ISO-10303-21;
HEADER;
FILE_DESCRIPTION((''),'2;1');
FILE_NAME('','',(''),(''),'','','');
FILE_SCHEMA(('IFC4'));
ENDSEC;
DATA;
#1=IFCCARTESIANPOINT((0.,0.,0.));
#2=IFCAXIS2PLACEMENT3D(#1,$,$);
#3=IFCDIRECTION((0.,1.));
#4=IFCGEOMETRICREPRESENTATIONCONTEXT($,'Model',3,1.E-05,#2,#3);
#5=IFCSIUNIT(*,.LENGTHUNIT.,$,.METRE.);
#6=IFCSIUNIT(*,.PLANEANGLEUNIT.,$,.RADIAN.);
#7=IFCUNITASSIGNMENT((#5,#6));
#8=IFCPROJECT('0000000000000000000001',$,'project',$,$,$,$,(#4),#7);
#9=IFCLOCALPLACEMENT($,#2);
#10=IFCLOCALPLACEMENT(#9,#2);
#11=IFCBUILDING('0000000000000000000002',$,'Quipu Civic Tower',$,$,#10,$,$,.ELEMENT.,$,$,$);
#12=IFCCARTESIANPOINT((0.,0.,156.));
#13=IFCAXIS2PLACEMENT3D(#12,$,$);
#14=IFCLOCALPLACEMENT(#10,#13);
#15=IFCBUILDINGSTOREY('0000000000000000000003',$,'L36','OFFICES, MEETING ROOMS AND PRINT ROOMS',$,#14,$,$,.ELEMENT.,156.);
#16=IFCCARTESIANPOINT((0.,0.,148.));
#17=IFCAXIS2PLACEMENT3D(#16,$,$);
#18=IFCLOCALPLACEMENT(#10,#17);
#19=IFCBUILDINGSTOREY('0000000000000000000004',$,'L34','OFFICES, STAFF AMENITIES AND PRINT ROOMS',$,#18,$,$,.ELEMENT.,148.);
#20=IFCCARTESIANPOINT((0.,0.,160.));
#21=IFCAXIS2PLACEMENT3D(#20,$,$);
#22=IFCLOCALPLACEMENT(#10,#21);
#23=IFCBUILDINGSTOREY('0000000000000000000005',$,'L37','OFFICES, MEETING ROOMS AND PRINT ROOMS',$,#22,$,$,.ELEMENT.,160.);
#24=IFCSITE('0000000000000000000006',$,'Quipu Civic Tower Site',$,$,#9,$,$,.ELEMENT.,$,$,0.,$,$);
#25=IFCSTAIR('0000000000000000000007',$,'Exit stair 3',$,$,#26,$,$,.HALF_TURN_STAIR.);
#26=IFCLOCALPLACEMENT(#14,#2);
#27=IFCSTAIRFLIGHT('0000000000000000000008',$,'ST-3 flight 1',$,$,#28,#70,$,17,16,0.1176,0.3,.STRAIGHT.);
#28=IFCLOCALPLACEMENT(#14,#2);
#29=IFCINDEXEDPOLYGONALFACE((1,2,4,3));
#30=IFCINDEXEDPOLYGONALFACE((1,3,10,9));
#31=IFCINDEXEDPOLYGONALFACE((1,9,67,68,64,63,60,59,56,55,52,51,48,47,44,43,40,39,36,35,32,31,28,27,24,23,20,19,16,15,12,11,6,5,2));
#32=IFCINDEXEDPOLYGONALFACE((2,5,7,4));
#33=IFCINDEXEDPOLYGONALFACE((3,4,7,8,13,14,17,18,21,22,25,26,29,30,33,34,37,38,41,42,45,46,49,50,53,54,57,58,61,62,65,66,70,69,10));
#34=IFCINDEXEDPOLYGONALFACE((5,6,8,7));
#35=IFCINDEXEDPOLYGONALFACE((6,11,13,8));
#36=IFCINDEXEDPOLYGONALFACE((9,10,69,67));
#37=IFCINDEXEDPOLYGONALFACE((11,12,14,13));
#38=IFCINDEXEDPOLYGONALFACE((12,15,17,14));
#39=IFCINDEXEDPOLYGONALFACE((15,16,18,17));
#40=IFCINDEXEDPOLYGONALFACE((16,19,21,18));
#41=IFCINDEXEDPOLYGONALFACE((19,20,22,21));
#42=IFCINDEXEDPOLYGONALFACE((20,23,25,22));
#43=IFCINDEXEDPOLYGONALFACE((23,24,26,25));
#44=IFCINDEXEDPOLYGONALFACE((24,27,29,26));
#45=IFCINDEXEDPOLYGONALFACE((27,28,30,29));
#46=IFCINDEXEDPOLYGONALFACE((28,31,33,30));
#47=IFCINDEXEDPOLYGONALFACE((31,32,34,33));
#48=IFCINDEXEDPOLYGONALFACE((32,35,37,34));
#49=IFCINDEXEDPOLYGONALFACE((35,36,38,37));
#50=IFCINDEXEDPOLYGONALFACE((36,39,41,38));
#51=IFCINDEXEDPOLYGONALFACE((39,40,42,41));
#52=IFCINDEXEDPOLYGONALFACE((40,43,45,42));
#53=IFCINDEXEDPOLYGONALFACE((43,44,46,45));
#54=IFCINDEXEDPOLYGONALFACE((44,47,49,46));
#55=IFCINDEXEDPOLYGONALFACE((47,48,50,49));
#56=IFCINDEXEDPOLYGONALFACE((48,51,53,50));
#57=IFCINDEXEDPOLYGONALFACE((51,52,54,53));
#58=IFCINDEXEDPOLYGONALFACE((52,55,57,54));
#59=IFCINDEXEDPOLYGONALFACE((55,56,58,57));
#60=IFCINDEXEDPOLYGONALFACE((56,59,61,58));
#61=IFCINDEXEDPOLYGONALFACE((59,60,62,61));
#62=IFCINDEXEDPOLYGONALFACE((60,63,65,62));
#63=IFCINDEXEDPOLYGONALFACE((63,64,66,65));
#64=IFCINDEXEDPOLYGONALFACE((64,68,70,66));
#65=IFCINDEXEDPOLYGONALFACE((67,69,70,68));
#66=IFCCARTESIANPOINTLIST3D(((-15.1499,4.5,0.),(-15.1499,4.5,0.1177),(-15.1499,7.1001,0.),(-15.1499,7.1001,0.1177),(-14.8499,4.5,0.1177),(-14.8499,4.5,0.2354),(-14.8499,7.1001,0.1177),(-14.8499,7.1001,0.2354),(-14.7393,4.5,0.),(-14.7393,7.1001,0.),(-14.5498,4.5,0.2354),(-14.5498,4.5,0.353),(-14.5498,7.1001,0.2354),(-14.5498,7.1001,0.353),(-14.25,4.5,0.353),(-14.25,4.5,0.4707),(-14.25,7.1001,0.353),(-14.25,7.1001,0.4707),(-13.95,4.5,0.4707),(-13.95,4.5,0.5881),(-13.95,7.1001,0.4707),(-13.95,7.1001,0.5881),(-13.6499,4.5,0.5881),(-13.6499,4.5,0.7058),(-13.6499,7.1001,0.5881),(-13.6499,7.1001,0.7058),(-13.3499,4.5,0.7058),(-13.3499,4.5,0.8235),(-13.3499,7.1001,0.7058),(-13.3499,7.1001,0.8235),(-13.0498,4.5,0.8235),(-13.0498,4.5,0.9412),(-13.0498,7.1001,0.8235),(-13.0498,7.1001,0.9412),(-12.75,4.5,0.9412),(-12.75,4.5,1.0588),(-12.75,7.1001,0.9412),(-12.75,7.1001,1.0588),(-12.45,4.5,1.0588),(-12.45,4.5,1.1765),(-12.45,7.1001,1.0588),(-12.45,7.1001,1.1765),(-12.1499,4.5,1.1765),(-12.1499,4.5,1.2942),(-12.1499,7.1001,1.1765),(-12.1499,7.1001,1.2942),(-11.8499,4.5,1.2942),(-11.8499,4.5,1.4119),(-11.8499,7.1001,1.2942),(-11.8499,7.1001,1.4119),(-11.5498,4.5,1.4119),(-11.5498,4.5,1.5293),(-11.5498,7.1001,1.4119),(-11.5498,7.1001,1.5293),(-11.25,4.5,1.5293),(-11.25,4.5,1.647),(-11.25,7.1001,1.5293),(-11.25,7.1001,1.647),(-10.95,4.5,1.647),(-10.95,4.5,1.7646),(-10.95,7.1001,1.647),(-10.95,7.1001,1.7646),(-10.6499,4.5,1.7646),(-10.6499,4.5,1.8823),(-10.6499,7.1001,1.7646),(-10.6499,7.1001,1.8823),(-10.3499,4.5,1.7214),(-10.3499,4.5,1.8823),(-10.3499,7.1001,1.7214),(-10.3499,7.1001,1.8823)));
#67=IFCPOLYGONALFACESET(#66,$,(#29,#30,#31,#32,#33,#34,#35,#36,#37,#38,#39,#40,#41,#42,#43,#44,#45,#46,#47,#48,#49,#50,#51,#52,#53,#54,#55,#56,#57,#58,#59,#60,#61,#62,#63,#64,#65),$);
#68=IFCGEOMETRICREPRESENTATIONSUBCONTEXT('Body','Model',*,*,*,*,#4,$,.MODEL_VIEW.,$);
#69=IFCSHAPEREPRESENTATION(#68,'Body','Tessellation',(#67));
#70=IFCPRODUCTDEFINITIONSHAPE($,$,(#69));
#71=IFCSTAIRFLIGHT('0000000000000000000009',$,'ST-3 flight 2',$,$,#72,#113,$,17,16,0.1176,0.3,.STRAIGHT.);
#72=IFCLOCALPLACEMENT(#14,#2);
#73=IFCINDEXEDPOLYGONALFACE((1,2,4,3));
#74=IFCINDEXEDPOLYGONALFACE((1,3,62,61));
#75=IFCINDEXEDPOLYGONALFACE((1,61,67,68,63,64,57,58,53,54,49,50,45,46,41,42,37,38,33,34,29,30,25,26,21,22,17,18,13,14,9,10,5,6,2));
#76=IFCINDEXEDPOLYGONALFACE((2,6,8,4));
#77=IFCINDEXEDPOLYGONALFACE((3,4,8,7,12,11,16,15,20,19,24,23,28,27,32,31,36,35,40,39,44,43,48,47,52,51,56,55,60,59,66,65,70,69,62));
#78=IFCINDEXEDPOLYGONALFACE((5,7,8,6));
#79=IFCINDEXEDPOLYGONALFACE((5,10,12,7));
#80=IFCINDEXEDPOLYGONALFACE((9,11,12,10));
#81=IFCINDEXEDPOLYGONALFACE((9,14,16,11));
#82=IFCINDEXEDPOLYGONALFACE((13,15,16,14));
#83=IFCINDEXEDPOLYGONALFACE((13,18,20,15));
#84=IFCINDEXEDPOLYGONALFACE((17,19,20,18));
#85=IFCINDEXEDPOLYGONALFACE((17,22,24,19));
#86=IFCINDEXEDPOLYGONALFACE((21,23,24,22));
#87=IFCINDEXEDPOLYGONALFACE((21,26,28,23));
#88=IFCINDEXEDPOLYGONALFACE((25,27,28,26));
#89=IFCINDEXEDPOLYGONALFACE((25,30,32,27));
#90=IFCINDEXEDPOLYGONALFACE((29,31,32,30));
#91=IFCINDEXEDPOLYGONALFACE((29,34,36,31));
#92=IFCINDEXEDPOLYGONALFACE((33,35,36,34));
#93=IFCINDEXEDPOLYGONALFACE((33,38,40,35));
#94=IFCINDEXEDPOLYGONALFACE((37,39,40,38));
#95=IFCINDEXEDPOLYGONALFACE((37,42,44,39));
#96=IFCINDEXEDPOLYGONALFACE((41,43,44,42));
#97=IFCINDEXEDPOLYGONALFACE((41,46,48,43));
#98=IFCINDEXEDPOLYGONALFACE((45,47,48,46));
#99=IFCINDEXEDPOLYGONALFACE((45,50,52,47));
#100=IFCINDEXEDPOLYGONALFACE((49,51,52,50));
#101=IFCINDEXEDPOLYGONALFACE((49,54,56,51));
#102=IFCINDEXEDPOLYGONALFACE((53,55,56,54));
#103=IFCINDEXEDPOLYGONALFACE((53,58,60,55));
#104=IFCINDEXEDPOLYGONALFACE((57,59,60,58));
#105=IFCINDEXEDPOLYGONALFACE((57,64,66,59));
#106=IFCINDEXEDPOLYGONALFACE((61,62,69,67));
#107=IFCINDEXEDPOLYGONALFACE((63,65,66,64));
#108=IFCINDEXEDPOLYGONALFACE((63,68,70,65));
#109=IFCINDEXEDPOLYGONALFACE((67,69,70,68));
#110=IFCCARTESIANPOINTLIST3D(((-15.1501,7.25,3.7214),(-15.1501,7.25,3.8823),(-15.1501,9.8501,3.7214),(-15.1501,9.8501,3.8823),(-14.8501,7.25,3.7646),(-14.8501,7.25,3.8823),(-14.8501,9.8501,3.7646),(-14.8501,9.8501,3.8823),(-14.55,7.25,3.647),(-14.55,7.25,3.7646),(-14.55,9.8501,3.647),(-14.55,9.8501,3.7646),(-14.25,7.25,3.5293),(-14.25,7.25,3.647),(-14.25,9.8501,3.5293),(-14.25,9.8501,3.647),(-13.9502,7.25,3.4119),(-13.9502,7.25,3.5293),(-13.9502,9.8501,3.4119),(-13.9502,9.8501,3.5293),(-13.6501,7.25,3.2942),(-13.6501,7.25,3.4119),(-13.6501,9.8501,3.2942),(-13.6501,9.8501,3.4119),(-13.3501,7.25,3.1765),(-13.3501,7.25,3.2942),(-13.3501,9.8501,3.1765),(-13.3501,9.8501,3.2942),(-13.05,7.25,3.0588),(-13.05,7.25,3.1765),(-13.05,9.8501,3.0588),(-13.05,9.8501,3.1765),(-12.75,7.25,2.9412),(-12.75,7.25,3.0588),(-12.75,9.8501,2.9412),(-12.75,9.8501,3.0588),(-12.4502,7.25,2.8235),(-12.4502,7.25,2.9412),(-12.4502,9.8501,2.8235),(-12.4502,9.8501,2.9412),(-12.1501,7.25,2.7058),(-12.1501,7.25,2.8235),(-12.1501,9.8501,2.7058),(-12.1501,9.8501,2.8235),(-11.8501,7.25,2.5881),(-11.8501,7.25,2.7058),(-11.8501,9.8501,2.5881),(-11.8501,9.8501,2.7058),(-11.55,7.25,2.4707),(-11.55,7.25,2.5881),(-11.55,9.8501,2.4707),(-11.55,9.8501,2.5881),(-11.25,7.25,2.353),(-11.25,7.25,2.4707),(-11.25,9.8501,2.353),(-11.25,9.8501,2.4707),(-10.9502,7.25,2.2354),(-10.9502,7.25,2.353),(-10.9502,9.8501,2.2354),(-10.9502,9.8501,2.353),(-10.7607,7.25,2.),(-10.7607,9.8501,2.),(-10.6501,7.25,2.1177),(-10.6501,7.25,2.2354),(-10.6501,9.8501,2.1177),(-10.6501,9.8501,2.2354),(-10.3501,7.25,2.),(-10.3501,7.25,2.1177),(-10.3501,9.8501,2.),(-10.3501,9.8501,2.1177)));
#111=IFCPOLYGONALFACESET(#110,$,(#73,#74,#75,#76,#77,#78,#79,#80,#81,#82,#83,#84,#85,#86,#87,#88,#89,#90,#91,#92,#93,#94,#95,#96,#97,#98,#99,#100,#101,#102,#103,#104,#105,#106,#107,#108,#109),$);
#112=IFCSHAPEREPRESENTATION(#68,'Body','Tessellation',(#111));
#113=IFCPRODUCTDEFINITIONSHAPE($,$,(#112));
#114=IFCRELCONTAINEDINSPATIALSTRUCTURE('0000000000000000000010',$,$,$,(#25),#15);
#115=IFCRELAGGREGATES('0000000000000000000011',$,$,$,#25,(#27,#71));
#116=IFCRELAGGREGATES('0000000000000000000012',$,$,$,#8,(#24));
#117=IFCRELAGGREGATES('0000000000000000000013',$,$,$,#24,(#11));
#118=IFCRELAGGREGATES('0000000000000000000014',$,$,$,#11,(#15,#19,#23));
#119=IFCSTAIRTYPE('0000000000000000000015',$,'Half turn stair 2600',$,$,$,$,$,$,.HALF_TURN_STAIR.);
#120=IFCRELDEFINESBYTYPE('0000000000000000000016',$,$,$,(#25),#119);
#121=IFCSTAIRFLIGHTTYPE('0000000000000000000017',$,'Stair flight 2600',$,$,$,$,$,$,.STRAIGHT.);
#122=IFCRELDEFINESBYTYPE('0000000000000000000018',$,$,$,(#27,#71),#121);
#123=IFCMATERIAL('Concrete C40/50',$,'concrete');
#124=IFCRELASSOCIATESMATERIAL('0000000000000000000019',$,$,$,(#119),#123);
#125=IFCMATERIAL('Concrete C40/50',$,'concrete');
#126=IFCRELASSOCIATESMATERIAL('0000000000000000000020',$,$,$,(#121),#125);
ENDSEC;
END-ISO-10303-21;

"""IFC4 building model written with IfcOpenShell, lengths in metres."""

from ifc_helpers import new_model, si_unit, direction, frame, origin, place, context, subcontext, project, spatial, polyline, outline, extrude, material, type_object, element, aggregate, save


model = new_model("IFC4")

# Units and contexts
model_context = context("Model", 3, precision=1e-05, world=origin(), true_north=direction((0.0, 1.0)))
body_context = subcontext(model_context, "Body", "Model", "MODEL_VIEW")
ifc_project = project(units=[si_unit("LENGTHUNIT", "METRE"), si_unit("PLANEANGLEUNIT", "RADIAN")], contexts=[model_context])

# Site, building, storey
site_placement = place(None, origin())
site = spatial("IfcSite", under=ifc_project, at=site_placement, Name="Quipu Civic Tower Site", CompositionType="ELEMENT", RefElevation=0.0)
building_placement = place(site_placement, origin())
building = spatial("IfcBuilding", under=site, at=building_placement, Name="Quipu Civic Tower", CompositionType="ELEMENT")
storey_1_placement = place(building_placement, frame((0.0, 0.0, 156.0)))
storey_1 = spatial("IfcBuildingStorey", under=building, at=storey_1_placement, Name="L36", Description="OFFICES, MEETING ROOMS AND PRINT ROOMS", CompositionType="ELEMENT", Elevation=156.0)

# Shared definitions
storey_2_placement = place(building_placement, frame((0.0, 0.0, 148.0)))
storey_2 = spatial("IfcBuildingStorey", under=building, at=storey_2_placement, Name="L34", Description="OFFICES, STAFF AMENITIES AND PRINT ROOMS", CompositionType="ELEMENT", Elevation=148.0)

# Shared definitions
storey_3_placement = place(building_placement, frame((0.0, 0.0, 160.0)))
storey_3 = spatial("IfcBuildingStorey", under=building, at=storey_3_placement, Name="L37", Description="OFFICES, MEETING ROOMS AND PRINT ROOMS", CompositionType="ELEMENT", Elevation=160.0)

# Stair, stair flights
ifc_material_1 = material(Name="Concrete C40/50", Category="concrete")
stair_type = type_object("IfcStairType", Name="Half turn stair 2600", PredefinedType="HALF_TURN_STAIR", material=ifc_material_1)
stair_placement = place(storey_1_placement, origin())
stair = element("IfcStair", 1, at=stair_placement, inside=storey_1, type_object=stair_type, Name="Exit stair 3", PredefinedType="HALF_TURN_STAIR")
ifc_material_2 = material(Name="Concrete C40/50", Category="concrete")
stair_flight_type = type_object("IfcStairFlightType", Name="Stair flight 2600", PredefinedType="STRAIGHT", material=ifc_material_2)
stair_flight_1_placement = place(storey_1_placement, frame((-15.1499, 5.8, 0.0), z_axis=(0.0, 0.0, 1.0), x_axis=(1.0, 0.0, 0.0)))
stair_flight_1 = element("IfcStairFlight", 2, at=stair_flight_1_placement, type_object=stair_flight_type, Name="ST-3 flight 1", NumberOfRisers=17, NumberOfTreads=16, PredefinedType="STRAIGHT", RiserHeight=0.1176, TreadLength=0.3, context=body_context, shape_type="SweptSolid", body=[
    extrude(outline(polyline([(0.0, 0.0), (0.0, 0.1177), (0.3, 0.1177), (0.3, 0.2354), (0.6001, 0.2354), (0.6001, 0.353), (0.8999, 0.353), (0.8999, 0.4707), (1.2, 0.4707), (1.2, 0.5881), (1.5, 0.5881), (1.5, 0.7058), (1.8, 0.7058), (1.8, 0.8235), (2.1001, 0.8235), (2.1001, 0.9412), (2.3999, 0.9412), (2.3999, 1.0588), (2.7, 1.0588), (2.7, 1.1765), (3.0, 1.1765), (3.0, 1.2942), (3.3, 1.2942), (3.3, 1.4119), (3.6001, 1.4119), (3.6001, 1.5293), (3.8999, 1.5293), (3.8999, 1.647), (4.2, 1.647), (4.2, 1.7646), (4.5, 1.7646), (4.5, 1.8823), (4.8, 1.8823), (4.8, 2.0), (4.8, 1.7214), (0.4106, 0.0), (0.0, 0.0)])), frame((0.0, 1.3, 0.0), z_axis=(0.0, -1.0, 0.0), x_axis=(1.0, 0.0, 0.0)), (0.0, 0.0, 1.0), 2.6001),
])
stair_flight_2_placement = place(storey_1_placement, frame((-10.3501, 8.55, 2.0), z_axis=(0.0, 0.0, 1.0), x_axis=(-1.0, 0.0, 0.0)))
stair_flight_2 = element("IfcStairFlight", 3, at=stair_flight_2_placement, type_object=stair_flight_type, Name="ST-3 flight 2", NumberOfRisers=17, NumberOfTreads=16, PredefinedType="STRAIGHT", RiserHeight=0.1176, TreadLength=0.3, context=body_context, shape_type="SweptSolid", body=[
    extrude(outline(polyline([(0.0, 0.0), (0.0, 0.1177), (0.3, 0.1177), (0.3, 0.2354), (0.6001, 0.2354), (0.6001, 0.353), (0.8999, 0.353), (0.8999, 0.4707), (1.2, 0.4707), (1.2, 0.5881), (1.5, 0.5881), (1.5, 0.7058), (1.8, 0.7058), (1.8, 0.8235), (2.1001, 0.8235), (2.1001, 0.9412), (2.3999, 0.9412), (2.3999, 1.0588), (2.7, 1.0588), (2.7, 1.1765), (3.0, 1.1765), (3.0, 1.2942), (3.3, 1.2942), (3.3, 1.4119), (3.6001, 1.4119), (3.6001, 1.5293), (3.8999, 1.5293), (3.8999, 1.647), (4.2, 1.647), (4.2, 1.7646), (4.5, 1.7646), (4.5, 1.8823), (4.8, 1.8823), (4.8, 2.0), (4.8, 1.7214), (0.4106, 0.0), (0.0, 0.0)])), frame((0.0, 1.3, 0.0), z_axis=(0.0, -1.0, 0.0), x_axis=(1.0, 0.0, 0.0)), (0.0, 0.0, 1.0), 2.6001),
])
aggregate(stair, [stair_flight_1, stair_flight_2])

save(model, "model.ifc")
